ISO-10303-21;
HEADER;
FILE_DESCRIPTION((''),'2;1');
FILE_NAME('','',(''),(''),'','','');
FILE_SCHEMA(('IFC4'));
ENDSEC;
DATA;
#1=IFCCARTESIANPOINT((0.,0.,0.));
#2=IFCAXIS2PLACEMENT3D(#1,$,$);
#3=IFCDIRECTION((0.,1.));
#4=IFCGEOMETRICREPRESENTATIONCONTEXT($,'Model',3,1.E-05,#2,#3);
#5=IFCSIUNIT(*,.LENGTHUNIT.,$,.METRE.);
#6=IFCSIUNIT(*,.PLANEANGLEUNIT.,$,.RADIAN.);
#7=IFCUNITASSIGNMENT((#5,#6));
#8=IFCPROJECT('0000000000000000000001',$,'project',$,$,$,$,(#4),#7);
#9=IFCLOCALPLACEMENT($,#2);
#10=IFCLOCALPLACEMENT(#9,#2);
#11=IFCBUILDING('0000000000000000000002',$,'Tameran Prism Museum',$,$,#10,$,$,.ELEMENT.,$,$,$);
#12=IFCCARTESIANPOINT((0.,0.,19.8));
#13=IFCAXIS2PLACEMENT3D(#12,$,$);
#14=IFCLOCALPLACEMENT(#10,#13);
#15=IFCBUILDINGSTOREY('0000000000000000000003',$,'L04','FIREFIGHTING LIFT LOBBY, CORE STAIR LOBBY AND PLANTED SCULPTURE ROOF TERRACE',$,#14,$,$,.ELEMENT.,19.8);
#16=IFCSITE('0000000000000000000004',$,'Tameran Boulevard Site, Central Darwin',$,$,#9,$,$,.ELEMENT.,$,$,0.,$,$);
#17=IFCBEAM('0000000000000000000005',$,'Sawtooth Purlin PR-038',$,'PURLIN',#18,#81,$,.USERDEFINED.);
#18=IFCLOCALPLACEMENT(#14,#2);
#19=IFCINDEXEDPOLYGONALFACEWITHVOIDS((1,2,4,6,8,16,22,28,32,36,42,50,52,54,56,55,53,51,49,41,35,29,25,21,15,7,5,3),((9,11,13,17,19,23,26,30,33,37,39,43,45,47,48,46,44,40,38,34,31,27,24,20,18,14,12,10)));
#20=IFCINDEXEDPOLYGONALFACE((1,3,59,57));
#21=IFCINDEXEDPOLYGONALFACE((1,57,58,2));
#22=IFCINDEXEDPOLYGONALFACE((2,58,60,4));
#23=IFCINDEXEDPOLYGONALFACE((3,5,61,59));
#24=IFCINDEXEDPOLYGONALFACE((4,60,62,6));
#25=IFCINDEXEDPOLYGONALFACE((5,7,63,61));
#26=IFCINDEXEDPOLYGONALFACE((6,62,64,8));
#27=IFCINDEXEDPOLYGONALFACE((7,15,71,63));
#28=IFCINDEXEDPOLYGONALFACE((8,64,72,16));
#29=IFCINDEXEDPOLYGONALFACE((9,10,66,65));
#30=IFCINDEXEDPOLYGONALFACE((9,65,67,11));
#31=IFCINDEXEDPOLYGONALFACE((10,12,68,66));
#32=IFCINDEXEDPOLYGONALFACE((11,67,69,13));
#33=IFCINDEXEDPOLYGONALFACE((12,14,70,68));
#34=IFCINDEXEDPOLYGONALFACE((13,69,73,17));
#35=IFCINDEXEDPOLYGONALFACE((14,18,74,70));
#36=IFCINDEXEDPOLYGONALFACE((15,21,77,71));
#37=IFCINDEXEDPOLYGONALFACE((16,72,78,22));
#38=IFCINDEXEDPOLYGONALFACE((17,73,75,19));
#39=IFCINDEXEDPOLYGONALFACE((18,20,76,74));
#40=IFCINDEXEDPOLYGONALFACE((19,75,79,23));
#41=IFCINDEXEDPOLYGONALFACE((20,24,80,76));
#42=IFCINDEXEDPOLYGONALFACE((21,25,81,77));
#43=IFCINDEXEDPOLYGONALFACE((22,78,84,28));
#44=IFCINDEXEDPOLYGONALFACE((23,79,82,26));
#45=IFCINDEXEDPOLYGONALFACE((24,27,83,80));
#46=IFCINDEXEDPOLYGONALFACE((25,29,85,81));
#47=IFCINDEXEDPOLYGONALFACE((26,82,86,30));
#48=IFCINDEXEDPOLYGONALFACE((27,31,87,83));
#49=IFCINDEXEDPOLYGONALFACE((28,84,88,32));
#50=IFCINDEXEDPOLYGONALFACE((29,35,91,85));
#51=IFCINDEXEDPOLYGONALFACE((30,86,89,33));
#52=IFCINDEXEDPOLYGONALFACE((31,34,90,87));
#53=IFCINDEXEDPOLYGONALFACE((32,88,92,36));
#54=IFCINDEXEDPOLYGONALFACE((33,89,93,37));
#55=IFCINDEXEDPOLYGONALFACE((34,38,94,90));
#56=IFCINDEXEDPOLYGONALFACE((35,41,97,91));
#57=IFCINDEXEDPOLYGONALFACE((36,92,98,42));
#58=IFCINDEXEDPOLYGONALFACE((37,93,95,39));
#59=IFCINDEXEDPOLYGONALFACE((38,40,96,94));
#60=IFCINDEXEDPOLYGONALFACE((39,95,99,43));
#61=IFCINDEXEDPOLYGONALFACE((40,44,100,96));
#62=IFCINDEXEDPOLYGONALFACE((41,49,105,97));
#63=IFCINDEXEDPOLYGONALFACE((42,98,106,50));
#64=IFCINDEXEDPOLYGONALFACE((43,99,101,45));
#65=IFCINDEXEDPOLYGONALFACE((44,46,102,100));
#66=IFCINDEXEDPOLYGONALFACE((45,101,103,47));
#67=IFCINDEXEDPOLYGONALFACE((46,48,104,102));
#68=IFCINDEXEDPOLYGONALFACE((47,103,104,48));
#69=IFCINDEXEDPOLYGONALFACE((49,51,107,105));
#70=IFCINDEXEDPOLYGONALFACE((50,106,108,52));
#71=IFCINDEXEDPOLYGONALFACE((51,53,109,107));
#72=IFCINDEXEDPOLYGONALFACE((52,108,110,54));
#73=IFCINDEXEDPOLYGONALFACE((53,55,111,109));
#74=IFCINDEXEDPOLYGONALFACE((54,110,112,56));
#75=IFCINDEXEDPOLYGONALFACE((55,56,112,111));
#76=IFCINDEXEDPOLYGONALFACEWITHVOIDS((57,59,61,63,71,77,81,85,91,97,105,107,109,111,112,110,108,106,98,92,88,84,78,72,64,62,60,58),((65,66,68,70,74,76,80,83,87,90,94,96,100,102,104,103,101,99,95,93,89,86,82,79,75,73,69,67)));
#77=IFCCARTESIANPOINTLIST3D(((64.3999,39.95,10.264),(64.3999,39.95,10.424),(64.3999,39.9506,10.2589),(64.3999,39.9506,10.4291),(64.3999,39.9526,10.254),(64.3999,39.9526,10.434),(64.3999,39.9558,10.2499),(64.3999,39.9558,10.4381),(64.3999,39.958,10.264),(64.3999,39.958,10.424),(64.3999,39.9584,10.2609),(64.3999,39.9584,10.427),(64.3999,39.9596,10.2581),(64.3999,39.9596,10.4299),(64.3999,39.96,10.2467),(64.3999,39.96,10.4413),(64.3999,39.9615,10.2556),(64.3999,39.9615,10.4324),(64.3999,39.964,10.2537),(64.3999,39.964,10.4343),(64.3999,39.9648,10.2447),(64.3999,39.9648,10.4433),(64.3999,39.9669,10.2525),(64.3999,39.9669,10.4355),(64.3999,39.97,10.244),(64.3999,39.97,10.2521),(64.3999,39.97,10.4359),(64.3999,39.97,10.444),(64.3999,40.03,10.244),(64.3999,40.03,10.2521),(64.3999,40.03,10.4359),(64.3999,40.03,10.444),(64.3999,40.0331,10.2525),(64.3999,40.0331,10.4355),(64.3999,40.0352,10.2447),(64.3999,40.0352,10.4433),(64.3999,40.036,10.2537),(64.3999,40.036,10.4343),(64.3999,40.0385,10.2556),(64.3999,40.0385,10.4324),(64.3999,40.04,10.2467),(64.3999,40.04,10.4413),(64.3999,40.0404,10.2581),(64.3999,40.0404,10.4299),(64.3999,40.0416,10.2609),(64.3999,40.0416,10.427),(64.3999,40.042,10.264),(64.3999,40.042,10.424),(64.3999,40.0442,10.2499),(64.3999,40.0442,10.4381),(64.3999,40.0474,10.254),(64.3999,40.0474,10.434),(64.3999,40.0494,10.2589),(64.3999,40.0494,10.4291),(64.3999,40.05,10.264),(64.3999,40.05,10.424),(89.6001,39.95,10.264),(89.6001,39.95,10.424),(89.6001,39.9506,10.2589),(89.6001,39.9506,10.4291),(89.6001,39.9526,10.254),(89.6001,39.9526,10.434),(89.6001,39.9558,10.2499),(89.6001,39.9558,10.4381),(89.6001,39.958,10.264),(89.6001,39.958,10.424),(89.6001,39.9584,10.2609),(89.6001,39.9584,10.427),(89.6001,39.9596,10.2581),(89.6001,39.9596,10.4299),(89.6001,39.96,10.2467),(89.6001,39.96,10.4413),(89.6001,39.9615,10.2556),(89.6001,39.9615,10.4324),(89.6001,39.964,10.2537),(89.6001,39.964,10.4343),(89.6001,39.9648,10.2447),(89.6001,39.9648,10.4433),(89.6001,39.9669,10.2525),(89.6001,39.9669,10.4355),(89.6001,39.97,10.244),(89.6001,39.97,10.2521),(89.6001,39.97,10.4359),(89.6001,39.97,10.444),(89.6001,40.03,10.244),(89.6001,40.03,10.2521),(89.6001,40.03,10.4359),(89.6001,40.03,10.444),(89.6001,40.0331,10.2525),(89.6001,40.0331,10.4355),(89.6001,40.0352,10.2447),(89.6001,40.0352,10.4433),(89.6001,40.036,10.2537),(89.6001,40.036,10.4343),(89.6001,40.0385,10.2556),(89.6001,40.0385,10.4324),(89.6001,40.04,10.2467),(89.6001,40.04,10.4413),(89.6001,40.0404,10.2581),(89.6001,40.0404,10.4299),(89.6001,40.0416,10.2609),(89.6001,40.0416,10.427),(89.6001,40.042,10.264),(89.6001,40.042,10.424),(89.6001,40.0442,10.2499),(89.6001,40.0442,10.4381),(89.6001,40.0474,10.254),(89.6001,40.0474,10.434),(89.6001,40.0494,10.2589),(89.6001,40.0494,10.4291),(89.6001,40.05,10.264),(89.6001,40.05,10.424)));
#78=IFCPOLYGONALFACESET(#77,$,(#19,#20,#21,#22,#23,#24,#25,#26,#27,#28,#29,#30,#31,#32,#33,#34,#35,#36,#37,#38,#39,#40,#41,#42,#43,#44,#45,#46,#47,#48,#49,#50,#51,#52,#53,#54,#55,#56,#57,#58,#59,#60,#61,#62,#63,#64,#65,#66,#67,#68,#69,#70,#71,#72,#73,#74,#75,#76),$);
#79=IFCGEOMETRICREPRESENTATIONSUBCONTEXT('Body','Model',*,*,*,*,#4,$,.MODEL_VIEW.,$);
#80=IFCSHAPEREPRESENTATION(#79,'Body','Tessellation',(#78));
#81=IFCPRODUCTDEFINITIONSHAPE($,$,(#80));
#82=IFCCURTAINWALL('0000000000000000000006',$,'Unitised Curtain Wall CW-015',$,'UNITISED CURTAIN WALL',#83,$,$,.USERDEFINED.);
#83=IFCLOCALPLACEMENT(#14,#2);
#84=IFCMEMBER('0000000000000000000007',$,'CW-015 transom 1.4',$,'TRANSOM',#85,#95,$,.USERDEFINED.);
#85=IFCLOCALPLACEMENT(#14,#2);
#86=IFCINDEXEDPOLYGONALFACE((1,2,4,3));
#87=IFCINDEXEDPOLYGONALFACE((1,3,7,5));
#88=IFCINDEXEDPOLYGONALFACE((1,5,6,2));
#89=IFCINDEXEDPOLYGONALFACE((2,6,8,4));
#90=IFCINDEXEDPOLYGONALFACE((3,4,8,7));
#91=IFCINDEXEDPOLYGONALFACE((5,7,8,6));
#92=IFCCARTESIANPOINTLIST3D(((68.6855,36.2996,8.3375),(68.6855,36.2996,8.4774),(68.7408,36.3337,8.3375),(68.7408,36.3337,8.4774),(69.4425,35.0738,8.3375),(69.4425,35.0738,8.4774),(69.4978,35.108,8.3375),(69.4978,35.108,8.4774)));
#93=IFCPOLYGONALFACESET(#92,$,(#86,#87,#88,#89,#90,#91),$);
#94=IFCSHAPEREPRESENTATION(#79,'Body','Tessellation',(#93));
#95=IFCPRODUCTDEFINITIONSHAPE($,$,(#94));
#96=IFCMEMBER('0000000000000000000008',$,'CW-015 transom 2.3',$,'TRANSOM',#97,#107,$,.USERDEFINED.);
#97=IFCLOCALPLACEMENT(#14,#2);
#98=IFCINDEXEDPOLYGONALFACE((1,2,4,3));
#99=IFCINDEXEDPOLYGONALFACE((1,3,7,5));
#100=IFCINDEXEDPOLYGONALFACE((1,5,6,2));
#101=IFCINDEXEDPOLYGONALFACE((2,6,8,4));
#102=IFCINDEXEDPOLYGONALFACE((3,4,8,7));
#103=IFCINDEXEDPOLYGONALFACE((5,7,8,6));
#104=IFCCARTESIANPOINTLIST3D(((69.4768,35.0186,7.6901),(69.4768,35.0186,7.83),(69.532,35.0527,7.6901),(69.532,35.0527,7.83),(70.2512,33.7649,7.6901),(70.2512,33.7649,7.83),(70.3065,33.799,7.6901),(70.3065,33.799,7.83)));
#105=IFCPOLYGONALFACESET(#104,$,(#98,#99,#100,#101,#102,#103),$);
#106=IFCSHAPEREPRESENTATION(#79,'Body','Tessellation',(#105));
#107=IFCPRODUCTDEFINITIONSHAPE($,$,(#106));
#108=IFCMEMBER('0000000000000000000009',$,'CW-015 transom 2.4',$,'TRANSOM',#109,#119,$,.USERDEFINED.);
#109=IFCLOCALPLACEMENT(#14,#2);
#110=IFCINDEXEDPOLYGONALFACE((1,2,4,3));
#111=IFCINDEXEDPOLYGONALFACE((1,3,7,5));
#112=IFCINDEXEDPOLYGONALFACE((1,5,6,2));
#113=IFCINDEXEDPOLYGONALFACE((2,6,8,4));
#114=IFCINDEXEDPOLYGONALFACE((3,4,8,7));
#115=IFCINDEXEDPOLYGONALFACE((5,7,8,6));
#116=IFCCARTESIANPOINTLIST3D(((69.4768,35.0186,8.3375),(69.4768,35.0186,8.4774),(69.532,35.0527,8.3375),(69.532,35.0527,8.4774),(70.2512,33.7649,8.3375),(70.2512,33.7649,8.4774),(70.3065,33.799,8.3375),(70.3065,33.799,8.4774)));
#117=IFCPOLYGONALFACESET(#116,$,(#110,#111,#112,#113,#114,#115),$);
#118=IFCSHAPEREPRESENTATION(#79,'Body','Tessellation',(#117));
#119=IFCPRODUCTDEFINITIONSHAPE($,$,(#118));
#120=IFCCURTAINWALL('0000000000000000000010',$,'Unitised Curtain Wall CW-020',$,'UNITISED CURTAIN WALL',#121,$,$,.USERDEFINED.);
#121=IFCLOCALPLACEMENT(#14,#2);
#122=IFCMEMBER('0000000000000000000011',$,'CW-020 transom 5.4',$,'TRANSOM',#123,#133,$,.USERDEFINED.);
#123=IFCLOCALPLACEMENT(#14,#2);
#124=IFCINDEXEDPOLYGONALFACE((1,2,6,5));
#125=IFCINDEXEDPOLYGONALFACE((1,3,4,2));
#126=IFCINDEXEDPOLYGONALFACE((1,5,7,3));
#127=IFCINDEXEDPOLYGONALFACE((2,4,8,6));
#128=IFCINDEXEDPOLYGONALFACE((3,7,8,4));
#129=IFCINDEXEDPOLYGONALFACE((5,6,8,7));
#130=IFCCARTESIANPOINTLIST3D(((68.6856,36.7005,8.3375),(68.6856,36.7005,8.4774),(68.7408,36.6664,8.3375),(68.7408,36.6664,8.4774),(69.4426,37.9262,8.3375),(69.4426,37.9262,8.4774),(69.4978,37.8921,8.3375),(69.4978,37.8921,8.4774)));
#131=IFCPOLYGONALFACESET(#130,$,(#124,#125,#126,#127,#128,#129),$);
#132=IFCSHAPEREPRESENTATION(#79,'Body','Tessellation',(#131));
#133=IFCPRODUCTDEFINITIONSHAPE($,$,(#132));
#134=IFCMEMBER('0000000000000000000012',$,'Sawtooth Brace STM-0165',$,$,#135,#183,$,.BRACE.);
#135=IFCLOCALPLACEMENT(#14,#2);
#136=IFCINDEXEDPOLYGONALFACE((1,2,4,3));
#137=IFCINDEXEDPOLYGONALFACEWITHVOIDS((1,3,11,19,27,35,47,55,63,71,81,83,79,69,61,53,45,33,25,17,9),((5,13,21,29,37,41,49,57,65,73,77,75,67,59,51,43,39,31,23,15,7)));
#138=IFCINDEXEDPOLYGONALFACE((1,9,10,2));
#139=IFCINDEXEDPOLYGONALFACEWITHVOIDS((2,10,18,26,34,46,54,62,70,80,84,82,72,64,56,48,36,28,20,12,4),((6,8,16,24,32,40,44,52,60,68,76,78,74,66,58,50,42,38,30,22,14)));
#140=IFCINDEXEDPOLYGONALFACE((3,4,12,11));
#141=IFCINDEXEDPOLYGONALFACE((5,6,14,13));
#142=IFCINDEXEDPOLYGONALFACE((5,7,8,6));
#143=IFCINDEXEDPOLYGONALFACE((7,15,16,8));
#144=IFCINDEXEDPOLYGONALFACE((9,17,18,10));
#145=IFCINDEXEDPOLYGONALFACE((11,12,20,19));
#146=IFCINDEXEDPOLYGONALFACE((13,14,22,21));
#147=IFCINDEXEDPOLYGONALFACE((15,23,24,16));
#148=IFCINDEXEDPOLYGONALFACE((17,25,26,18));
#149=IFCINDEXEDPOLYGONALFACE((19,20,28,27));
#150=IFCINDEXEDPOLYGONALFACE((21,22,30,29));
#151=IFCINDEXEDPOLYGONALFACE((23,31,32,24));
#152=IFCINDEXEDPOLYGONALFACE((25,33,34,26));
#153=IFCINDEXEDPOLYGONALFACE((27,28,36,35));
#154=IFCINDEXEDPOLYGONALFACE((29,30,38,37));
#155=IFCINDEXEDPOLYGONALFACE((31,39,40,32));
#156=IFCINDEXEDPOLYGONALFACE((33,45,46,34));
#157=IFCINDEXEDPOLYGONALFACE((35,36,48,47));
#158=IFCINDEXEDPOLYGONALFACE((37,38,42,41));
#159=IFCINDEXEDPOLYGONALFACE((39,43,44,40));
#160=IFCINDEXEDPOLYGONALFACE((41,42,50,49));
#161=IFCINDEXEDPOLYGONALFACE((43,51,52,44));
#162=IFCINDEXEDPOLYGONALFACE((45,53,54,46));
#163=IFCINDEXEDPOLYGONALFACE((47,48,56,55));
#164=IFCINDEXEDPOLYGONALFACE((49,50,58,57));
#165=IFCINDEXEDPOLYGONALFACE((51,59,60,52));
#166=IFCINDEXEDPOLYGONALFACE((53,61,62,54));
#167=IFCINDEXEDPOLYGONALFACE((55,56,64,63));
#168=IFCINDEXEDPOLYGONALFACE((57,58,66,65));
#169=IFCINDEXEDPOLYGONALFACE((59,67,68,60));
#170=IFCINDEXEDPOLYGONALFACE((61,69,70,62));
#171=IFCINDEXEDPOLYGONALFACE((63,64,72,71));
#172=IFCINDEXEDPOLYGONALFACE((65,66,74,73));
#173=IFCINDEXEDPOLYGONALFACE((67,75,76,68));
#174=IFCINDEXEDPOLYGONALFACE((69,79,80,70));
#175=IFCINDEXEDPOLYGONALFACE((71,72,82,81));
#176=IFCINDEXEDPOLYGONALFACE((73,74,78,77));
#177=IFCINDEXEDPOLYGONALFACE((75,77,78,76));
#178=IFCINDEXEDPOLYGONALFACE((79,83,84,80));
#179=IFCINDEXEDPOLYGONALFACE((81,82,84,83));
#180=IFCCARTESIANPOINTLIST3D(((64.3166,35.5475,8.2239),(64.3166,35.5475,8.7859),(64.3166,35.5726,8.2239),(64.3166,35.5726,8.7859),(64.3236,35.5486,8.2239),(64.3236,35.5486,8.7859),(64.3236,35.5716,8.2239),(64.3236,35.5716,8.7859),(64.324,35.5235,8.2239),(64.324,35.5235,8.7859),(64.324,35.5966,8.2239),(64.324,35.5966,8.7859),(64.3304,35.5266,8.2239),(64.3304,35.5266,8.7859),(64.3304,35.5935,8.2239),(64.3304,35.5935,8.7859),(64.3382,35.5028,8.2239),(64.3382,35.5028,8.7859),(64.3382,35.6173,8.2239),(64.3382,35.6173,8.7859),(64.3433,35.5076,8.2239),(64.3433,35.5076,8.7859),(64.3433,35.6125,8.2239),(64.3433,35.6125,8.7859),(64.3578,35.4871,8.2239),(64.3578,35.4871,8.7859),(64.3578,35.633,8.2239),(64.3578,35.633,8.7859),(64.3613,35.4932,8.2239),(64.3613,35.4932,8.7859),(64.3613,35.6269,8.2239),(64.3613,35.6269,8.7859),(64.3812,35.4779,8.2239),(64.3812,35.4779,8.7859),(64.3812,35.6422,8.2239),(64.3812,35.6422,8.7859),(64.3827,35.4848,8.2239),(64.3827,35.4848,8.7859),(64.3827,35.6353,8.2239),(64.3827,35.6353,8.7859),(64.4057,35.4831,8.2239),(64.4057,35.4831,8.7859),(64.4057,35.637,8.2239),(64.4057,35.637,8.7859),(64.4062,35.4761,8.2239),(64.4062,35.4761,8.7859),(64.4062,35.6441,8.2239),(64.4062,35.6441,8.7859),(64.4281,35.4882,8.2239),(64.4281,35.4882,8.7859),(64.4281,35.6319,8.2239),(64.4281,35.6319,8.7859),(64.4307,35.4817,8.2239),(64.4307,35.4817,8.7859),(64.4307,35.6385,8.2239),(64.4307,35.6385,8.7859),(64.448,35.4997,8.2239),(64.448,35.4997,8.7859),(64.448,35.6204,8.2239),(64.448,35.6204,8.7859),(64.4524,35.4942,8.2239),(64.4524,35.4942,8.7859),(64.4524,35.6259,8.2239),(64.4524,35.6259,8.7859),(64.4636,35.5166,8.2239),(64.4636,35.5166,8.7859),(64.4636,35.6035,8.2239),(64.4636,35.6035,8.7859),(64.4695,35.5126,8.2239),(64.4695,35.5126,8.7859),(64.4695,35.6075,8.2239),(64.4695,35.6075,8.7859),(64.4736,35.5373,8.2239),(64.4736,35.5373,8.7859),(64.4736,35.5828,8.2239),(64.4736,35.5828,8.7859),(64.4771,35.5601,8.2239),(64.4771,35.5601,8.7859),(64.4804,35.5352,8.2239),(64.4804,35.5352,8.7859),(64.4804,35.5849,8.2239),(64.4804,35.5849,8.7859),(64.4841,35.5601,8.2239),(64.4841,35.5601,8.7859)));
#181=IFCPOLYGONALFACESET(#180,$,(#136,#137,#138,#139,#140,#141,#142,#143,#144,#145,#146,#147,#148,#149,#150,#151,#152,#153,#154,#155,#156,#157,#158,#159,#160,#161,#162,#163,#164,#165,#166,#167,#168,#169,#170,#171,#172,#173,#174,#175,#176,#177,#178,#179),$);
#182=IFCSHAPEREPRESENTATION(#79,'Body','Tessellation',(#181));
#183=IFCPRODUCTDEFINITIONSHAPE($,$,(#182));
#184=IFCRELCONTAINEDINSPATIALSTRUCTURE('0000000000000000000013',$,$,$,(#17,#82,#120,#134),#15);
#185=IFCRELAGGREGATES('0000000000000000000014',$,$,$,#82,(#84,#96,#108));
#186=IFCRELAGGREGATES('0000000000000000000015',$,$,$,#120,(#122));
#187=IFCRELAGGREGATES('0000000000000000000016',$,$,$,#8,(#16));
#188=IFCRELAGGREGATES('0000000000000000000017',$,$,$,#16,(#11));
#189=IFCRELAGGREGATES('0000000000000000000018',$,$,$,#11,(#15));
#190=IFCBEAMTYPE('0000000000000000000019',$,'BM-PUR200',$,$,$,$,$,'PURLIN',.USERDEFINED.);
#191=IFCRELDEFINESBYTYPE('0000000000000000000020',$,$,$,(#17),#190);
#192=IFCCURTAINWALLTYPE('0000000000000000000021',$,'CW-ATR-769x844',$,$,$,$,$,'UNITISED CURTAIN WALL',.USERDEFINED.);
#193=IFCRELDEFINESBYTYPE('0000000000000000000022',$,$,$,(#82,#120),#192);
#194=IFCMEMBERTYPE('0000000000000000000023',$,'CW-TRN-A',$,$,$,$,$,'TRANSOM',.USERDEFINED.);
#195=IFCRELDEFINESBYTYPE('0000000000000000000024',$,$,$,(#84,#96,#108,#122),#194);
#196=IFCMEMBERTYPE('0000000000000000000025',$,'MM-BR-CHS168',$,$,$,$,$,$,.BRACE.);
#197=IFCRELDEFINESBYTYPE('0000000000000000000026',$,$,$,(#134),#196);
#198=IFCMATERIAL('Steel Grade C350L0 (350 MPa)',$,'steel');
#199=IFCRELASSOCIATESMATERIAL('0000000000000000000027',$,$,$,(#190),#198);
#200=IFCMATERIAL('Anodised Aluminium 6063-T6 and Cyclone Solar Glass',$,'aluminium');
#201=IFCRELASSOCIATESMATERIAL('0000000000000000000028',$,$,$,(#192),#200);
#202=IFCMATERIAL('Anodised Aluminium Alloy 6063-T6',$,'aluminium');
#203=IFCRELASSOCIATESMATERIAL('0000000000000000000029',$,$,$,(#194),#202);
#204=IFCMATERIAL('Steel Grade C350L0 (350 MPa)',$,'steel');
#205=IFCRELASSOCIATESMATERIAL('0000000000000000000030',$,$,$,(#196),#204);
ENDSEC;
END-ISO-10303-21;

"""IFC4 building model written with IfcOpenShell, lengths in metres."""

from ifc_helpers import new_model, si_unit, direction, frame, origin, origin_2d, place, context, subcontext, project, spatial, rectangle, hollow_rectangle, hollow_circle, extrude, material, material_profile, profile_set, type_object, element, aggregate, save


model = new_model("IFC4")

# Units and contexts
model_context = context("Model", 3, precision=1e-05, world=origin(), true_north=direction((0.0, 1.0)))
body_context = subcontext(model_context, "Body", "Model", "MODEL_VIEW")
ifc_project = project(units=[si_unit("LENGTHUNIT", "METRE"), si_unit("PLANEANGLEUNIT", "RADIAN")], contexts=[model_context])

# Site, building, storey
site_placement = place(None, origin())
site = spatial("IfcSite", under=ifc_project, at=site_placement, Name="Tameran Boulevard Site, Central Darwin", CompositionType="ELEMENT", RefElevation=0.0)
building_placement = place(site_placement, origin())
building = spatial("IfcBuilding", under=site, at=building_placement, Name="Tameran Prism Museum", CompositionType="ELEMENT")
storey_placement = place(building_placement, frame((0.0, 0.0, 19.8)))
storey = spatial("IfcBuildingStorey", under=building, at=storey_placement, Name="L04", Description="FIREFIGHTING LIFT LOBBY, CORE STAIR LOBBY AND PLANTED SCULPTURE ROOF TERRACE", CompositionType="ELEMENT", Elevation=19.8)

# Beam
ifc_material_1 = material(Name="Steel Grade C350L0 (350 MPa)", Category="steel")
ifc_material_profile_1 = material_profile(ifc_material_1, hollow_rectangle(XDim=0.1001, YDim=0.2, WallThickness=0.0081, InnerFilletRadius=0.012, OuterFilletRadius=0.02, at=origin_2d()))
ifc_profile_set_1 = profile_set([ifc_material_profile_1])
beam_type_1 = type_object("IfcBeamType", Name="BM-PUR200", ElementType="PURLIN", PredefinedType="USERDEFINED", material=ifc_profile_set_1)
beam_placement = place(storey_placement, frame((64.3999, 40.0, 10.344), z_axis=(1.0, 0.0, 0.0), x_axis=(0.0, 1.0, 0.0)))
element("IfcBeam", 1, at=beam_placement, inside=storey, type_object=beam_type_1, Name="Sawtooth Purlin PR-038", ObjectType="PURLIN", PredefinedType="USERDEFINED", context=body_context, shape_type="SweptSolid", body=[
    extrude(hollow_rectangle(XDim=0.1001, YDim=0.2, WallThickness=0.0081, InnerFilletRadius=0.012, OuterFilletRadius=0.02, at=origin_2d()), origin(), (0.0, 0.0, 1.0), 25.2002),
])

# Curtain wall, members
ifc_material_2 = material(Name="Anodised Aluminium 6063-T6 and Cyclone Solar Glass", Category="aluminium")
curtain_wall_type = type_object("IfcCurtainWallType", Name="CW-ATR-769x844", ElementType="UNITISED CURTAIN WALL", PredefinedType="USERDEFINED", material=ifc_material_2)
curtain_wall_1_placement = place(storey_placement, origin())
curtain_wall_1 = element("IfcCurtainWall", 2, at=curtain_wall_1_placement, inside=storey, type_object=curtain_wall_type, Name="Unitised Curtain Wall CW-015", ObjectType="UNITISED CURTAIN WALL", PredefinedType="USERDEFINED")
ifc_material_3 = material(Name="Anodised Aluminium Alloy 6063-T6", Category="aluminium")
ifc_material_profile_2 = material_profile(ifc_material_3, rectangle(XDim=0.0649, YDim=0.1399, at=origin_2d()))
ifc_profile_set_2 = profile_set([ifc_material_profile_2])
member_type_1 = type_object("IfcMemberType", Name="CW-TRN-A", ElementType="TRANSOM", PredefinedType="USERDEFINED", material=ifc_profile_set_2)
member_1_placement = place(storey_placement, frame((68.7131, 36.3167, 8.4075), z_axis=(0.525468, -0.850814, 0.0), x_axis=(0.850814, 0.525468, 0.0)))
member_1 = element("IfcMember", 3, at=member_1_placement, type_object=member_type_1, Name="CW-015 transom 1.4", ObjectType="TRANSOM", PredefinedType="USERDEFINED", context=body_context, shape_type="SweptSolid", body=[
    extrude(rectangle(XDim=0.0649, YDim=0.1399, at=origin_2d()), origin(), (0.0, 0.0, 1.0), 1.4407),
])
member_2_placement = place(storey_placement, frame((69.5044, 35.0356, 7.76), z_axis=(0.525539, -0.85077, 0.0), x_axis=(0.85077, 0.525539, 0.0)))
member_2 = element("IfcMember", 4, at=member_2_placement, type_object=member_type_1, Name="CW-015 transom 2.3", ObjectType="TRANSOM", PredefinedType="USERDEFINED", context=body_context, shape_type="SweptSolid", body=[
    extrude(rectangle(XDim=0.0649, YDim=0.1399, at=origin_2d()), origin(), (0.0, 0.0, 1.0), 1.4736),
])
member_3_placement = place(storey_placement, frame((69.5044, 35.0356, 8.4075), z_axis=(0.525539, -0.85077, 0.0), x_axis=(0.85077, 0.525539, 0.0)))
member_3 = element("IfcMember", 5, at=member_3_placement, type_object=member_type_1, Name="CW-015 transom 2.4", ObjectType="TRANSOM", PredefinedType="USERDEFINED", context=body_context, shape_type="SweptSolid", body=[
    extrude(rectangle(XDim=0.0649, YDim=0.1399, at=origin_2d()), origin(), (0.0, 0.0, 1.0), 1.4736),
])

# Curtain wall, member
curtain_wall_2_placement = place(storey_placement, origin())
curtain_wall_2 = element("IfcCurtainWall", 6, at=curtain_wall_2_placement, inside=storey, type_object=curtain_wall_type, Name="Unitised Curtain Wall CW-020", ObjectType="UNITISED CURTAIN WALL", PredefinedType="USERDEFINED")
member_4_placement = place(storey_placement, frame((69.4702, 37.9092, 8.4075), z_axis=(-0.525468, -0.850814, 0.0), x_axis=(0.850814, -0.525468, 0.0)))
member_4 = element("IfcMember", 7, at=member_4_placement, type_object=member_type_1, Name="CW-020 transom 5.4", ObjectType="TRANSOM", PredefinedType="USERDEFINED", context=body_context, shape_type="SweptSolid", body=[
    extrude(rectangle(XDim=0.0649, YDim=0.1399, at=origin_2d()), origin(), (0.0, 0.0, 1.0), 1.4407),
])

# Member
ifc_material_4 = material(Name="Steel Grade C350L0 (350 MPa)", Category="steel")
ifc_material_profile_3 = material_profile(ifc_material_4, hollow_circle(Radius=0.0842, WallThickness=0.0071, at=origin_2d()))
ifc_profile_set_3 = profile_set([ifc_material_profile_3])
member_type_2 = type_object("IfcMemberType", Name="MM-BR-CHS168", PredefinedType="BRACE", material=ifc_profile_set_3)
member_5_placement = place(storey_placement, frame((64.3999, 35.5601, 8.7859), z_axis=(0.0, 0.0, -1.0), x_axis=(1.0, 0.0, 0.0)))
element("IfcMember", 8, at=member_5_placement, inside=storey, type_object=member_type_2, Name="Sawtooth Brace STM-0165", PredefinedType="BRACE", context=body_context, shape_type="SweptSolid", body=[
    extrude(hollow_circle(Radius=0.0842, WallThickness=0.0071, at=origin_2d()), origin(), (0.0, 0.0, 1.0), 0.562),
])

aggregate(curtain_wall_1, [member_1, member_2, member_3])
aggregate(curtain_wall_2, [member_4])

save(model, "model.ifc")
